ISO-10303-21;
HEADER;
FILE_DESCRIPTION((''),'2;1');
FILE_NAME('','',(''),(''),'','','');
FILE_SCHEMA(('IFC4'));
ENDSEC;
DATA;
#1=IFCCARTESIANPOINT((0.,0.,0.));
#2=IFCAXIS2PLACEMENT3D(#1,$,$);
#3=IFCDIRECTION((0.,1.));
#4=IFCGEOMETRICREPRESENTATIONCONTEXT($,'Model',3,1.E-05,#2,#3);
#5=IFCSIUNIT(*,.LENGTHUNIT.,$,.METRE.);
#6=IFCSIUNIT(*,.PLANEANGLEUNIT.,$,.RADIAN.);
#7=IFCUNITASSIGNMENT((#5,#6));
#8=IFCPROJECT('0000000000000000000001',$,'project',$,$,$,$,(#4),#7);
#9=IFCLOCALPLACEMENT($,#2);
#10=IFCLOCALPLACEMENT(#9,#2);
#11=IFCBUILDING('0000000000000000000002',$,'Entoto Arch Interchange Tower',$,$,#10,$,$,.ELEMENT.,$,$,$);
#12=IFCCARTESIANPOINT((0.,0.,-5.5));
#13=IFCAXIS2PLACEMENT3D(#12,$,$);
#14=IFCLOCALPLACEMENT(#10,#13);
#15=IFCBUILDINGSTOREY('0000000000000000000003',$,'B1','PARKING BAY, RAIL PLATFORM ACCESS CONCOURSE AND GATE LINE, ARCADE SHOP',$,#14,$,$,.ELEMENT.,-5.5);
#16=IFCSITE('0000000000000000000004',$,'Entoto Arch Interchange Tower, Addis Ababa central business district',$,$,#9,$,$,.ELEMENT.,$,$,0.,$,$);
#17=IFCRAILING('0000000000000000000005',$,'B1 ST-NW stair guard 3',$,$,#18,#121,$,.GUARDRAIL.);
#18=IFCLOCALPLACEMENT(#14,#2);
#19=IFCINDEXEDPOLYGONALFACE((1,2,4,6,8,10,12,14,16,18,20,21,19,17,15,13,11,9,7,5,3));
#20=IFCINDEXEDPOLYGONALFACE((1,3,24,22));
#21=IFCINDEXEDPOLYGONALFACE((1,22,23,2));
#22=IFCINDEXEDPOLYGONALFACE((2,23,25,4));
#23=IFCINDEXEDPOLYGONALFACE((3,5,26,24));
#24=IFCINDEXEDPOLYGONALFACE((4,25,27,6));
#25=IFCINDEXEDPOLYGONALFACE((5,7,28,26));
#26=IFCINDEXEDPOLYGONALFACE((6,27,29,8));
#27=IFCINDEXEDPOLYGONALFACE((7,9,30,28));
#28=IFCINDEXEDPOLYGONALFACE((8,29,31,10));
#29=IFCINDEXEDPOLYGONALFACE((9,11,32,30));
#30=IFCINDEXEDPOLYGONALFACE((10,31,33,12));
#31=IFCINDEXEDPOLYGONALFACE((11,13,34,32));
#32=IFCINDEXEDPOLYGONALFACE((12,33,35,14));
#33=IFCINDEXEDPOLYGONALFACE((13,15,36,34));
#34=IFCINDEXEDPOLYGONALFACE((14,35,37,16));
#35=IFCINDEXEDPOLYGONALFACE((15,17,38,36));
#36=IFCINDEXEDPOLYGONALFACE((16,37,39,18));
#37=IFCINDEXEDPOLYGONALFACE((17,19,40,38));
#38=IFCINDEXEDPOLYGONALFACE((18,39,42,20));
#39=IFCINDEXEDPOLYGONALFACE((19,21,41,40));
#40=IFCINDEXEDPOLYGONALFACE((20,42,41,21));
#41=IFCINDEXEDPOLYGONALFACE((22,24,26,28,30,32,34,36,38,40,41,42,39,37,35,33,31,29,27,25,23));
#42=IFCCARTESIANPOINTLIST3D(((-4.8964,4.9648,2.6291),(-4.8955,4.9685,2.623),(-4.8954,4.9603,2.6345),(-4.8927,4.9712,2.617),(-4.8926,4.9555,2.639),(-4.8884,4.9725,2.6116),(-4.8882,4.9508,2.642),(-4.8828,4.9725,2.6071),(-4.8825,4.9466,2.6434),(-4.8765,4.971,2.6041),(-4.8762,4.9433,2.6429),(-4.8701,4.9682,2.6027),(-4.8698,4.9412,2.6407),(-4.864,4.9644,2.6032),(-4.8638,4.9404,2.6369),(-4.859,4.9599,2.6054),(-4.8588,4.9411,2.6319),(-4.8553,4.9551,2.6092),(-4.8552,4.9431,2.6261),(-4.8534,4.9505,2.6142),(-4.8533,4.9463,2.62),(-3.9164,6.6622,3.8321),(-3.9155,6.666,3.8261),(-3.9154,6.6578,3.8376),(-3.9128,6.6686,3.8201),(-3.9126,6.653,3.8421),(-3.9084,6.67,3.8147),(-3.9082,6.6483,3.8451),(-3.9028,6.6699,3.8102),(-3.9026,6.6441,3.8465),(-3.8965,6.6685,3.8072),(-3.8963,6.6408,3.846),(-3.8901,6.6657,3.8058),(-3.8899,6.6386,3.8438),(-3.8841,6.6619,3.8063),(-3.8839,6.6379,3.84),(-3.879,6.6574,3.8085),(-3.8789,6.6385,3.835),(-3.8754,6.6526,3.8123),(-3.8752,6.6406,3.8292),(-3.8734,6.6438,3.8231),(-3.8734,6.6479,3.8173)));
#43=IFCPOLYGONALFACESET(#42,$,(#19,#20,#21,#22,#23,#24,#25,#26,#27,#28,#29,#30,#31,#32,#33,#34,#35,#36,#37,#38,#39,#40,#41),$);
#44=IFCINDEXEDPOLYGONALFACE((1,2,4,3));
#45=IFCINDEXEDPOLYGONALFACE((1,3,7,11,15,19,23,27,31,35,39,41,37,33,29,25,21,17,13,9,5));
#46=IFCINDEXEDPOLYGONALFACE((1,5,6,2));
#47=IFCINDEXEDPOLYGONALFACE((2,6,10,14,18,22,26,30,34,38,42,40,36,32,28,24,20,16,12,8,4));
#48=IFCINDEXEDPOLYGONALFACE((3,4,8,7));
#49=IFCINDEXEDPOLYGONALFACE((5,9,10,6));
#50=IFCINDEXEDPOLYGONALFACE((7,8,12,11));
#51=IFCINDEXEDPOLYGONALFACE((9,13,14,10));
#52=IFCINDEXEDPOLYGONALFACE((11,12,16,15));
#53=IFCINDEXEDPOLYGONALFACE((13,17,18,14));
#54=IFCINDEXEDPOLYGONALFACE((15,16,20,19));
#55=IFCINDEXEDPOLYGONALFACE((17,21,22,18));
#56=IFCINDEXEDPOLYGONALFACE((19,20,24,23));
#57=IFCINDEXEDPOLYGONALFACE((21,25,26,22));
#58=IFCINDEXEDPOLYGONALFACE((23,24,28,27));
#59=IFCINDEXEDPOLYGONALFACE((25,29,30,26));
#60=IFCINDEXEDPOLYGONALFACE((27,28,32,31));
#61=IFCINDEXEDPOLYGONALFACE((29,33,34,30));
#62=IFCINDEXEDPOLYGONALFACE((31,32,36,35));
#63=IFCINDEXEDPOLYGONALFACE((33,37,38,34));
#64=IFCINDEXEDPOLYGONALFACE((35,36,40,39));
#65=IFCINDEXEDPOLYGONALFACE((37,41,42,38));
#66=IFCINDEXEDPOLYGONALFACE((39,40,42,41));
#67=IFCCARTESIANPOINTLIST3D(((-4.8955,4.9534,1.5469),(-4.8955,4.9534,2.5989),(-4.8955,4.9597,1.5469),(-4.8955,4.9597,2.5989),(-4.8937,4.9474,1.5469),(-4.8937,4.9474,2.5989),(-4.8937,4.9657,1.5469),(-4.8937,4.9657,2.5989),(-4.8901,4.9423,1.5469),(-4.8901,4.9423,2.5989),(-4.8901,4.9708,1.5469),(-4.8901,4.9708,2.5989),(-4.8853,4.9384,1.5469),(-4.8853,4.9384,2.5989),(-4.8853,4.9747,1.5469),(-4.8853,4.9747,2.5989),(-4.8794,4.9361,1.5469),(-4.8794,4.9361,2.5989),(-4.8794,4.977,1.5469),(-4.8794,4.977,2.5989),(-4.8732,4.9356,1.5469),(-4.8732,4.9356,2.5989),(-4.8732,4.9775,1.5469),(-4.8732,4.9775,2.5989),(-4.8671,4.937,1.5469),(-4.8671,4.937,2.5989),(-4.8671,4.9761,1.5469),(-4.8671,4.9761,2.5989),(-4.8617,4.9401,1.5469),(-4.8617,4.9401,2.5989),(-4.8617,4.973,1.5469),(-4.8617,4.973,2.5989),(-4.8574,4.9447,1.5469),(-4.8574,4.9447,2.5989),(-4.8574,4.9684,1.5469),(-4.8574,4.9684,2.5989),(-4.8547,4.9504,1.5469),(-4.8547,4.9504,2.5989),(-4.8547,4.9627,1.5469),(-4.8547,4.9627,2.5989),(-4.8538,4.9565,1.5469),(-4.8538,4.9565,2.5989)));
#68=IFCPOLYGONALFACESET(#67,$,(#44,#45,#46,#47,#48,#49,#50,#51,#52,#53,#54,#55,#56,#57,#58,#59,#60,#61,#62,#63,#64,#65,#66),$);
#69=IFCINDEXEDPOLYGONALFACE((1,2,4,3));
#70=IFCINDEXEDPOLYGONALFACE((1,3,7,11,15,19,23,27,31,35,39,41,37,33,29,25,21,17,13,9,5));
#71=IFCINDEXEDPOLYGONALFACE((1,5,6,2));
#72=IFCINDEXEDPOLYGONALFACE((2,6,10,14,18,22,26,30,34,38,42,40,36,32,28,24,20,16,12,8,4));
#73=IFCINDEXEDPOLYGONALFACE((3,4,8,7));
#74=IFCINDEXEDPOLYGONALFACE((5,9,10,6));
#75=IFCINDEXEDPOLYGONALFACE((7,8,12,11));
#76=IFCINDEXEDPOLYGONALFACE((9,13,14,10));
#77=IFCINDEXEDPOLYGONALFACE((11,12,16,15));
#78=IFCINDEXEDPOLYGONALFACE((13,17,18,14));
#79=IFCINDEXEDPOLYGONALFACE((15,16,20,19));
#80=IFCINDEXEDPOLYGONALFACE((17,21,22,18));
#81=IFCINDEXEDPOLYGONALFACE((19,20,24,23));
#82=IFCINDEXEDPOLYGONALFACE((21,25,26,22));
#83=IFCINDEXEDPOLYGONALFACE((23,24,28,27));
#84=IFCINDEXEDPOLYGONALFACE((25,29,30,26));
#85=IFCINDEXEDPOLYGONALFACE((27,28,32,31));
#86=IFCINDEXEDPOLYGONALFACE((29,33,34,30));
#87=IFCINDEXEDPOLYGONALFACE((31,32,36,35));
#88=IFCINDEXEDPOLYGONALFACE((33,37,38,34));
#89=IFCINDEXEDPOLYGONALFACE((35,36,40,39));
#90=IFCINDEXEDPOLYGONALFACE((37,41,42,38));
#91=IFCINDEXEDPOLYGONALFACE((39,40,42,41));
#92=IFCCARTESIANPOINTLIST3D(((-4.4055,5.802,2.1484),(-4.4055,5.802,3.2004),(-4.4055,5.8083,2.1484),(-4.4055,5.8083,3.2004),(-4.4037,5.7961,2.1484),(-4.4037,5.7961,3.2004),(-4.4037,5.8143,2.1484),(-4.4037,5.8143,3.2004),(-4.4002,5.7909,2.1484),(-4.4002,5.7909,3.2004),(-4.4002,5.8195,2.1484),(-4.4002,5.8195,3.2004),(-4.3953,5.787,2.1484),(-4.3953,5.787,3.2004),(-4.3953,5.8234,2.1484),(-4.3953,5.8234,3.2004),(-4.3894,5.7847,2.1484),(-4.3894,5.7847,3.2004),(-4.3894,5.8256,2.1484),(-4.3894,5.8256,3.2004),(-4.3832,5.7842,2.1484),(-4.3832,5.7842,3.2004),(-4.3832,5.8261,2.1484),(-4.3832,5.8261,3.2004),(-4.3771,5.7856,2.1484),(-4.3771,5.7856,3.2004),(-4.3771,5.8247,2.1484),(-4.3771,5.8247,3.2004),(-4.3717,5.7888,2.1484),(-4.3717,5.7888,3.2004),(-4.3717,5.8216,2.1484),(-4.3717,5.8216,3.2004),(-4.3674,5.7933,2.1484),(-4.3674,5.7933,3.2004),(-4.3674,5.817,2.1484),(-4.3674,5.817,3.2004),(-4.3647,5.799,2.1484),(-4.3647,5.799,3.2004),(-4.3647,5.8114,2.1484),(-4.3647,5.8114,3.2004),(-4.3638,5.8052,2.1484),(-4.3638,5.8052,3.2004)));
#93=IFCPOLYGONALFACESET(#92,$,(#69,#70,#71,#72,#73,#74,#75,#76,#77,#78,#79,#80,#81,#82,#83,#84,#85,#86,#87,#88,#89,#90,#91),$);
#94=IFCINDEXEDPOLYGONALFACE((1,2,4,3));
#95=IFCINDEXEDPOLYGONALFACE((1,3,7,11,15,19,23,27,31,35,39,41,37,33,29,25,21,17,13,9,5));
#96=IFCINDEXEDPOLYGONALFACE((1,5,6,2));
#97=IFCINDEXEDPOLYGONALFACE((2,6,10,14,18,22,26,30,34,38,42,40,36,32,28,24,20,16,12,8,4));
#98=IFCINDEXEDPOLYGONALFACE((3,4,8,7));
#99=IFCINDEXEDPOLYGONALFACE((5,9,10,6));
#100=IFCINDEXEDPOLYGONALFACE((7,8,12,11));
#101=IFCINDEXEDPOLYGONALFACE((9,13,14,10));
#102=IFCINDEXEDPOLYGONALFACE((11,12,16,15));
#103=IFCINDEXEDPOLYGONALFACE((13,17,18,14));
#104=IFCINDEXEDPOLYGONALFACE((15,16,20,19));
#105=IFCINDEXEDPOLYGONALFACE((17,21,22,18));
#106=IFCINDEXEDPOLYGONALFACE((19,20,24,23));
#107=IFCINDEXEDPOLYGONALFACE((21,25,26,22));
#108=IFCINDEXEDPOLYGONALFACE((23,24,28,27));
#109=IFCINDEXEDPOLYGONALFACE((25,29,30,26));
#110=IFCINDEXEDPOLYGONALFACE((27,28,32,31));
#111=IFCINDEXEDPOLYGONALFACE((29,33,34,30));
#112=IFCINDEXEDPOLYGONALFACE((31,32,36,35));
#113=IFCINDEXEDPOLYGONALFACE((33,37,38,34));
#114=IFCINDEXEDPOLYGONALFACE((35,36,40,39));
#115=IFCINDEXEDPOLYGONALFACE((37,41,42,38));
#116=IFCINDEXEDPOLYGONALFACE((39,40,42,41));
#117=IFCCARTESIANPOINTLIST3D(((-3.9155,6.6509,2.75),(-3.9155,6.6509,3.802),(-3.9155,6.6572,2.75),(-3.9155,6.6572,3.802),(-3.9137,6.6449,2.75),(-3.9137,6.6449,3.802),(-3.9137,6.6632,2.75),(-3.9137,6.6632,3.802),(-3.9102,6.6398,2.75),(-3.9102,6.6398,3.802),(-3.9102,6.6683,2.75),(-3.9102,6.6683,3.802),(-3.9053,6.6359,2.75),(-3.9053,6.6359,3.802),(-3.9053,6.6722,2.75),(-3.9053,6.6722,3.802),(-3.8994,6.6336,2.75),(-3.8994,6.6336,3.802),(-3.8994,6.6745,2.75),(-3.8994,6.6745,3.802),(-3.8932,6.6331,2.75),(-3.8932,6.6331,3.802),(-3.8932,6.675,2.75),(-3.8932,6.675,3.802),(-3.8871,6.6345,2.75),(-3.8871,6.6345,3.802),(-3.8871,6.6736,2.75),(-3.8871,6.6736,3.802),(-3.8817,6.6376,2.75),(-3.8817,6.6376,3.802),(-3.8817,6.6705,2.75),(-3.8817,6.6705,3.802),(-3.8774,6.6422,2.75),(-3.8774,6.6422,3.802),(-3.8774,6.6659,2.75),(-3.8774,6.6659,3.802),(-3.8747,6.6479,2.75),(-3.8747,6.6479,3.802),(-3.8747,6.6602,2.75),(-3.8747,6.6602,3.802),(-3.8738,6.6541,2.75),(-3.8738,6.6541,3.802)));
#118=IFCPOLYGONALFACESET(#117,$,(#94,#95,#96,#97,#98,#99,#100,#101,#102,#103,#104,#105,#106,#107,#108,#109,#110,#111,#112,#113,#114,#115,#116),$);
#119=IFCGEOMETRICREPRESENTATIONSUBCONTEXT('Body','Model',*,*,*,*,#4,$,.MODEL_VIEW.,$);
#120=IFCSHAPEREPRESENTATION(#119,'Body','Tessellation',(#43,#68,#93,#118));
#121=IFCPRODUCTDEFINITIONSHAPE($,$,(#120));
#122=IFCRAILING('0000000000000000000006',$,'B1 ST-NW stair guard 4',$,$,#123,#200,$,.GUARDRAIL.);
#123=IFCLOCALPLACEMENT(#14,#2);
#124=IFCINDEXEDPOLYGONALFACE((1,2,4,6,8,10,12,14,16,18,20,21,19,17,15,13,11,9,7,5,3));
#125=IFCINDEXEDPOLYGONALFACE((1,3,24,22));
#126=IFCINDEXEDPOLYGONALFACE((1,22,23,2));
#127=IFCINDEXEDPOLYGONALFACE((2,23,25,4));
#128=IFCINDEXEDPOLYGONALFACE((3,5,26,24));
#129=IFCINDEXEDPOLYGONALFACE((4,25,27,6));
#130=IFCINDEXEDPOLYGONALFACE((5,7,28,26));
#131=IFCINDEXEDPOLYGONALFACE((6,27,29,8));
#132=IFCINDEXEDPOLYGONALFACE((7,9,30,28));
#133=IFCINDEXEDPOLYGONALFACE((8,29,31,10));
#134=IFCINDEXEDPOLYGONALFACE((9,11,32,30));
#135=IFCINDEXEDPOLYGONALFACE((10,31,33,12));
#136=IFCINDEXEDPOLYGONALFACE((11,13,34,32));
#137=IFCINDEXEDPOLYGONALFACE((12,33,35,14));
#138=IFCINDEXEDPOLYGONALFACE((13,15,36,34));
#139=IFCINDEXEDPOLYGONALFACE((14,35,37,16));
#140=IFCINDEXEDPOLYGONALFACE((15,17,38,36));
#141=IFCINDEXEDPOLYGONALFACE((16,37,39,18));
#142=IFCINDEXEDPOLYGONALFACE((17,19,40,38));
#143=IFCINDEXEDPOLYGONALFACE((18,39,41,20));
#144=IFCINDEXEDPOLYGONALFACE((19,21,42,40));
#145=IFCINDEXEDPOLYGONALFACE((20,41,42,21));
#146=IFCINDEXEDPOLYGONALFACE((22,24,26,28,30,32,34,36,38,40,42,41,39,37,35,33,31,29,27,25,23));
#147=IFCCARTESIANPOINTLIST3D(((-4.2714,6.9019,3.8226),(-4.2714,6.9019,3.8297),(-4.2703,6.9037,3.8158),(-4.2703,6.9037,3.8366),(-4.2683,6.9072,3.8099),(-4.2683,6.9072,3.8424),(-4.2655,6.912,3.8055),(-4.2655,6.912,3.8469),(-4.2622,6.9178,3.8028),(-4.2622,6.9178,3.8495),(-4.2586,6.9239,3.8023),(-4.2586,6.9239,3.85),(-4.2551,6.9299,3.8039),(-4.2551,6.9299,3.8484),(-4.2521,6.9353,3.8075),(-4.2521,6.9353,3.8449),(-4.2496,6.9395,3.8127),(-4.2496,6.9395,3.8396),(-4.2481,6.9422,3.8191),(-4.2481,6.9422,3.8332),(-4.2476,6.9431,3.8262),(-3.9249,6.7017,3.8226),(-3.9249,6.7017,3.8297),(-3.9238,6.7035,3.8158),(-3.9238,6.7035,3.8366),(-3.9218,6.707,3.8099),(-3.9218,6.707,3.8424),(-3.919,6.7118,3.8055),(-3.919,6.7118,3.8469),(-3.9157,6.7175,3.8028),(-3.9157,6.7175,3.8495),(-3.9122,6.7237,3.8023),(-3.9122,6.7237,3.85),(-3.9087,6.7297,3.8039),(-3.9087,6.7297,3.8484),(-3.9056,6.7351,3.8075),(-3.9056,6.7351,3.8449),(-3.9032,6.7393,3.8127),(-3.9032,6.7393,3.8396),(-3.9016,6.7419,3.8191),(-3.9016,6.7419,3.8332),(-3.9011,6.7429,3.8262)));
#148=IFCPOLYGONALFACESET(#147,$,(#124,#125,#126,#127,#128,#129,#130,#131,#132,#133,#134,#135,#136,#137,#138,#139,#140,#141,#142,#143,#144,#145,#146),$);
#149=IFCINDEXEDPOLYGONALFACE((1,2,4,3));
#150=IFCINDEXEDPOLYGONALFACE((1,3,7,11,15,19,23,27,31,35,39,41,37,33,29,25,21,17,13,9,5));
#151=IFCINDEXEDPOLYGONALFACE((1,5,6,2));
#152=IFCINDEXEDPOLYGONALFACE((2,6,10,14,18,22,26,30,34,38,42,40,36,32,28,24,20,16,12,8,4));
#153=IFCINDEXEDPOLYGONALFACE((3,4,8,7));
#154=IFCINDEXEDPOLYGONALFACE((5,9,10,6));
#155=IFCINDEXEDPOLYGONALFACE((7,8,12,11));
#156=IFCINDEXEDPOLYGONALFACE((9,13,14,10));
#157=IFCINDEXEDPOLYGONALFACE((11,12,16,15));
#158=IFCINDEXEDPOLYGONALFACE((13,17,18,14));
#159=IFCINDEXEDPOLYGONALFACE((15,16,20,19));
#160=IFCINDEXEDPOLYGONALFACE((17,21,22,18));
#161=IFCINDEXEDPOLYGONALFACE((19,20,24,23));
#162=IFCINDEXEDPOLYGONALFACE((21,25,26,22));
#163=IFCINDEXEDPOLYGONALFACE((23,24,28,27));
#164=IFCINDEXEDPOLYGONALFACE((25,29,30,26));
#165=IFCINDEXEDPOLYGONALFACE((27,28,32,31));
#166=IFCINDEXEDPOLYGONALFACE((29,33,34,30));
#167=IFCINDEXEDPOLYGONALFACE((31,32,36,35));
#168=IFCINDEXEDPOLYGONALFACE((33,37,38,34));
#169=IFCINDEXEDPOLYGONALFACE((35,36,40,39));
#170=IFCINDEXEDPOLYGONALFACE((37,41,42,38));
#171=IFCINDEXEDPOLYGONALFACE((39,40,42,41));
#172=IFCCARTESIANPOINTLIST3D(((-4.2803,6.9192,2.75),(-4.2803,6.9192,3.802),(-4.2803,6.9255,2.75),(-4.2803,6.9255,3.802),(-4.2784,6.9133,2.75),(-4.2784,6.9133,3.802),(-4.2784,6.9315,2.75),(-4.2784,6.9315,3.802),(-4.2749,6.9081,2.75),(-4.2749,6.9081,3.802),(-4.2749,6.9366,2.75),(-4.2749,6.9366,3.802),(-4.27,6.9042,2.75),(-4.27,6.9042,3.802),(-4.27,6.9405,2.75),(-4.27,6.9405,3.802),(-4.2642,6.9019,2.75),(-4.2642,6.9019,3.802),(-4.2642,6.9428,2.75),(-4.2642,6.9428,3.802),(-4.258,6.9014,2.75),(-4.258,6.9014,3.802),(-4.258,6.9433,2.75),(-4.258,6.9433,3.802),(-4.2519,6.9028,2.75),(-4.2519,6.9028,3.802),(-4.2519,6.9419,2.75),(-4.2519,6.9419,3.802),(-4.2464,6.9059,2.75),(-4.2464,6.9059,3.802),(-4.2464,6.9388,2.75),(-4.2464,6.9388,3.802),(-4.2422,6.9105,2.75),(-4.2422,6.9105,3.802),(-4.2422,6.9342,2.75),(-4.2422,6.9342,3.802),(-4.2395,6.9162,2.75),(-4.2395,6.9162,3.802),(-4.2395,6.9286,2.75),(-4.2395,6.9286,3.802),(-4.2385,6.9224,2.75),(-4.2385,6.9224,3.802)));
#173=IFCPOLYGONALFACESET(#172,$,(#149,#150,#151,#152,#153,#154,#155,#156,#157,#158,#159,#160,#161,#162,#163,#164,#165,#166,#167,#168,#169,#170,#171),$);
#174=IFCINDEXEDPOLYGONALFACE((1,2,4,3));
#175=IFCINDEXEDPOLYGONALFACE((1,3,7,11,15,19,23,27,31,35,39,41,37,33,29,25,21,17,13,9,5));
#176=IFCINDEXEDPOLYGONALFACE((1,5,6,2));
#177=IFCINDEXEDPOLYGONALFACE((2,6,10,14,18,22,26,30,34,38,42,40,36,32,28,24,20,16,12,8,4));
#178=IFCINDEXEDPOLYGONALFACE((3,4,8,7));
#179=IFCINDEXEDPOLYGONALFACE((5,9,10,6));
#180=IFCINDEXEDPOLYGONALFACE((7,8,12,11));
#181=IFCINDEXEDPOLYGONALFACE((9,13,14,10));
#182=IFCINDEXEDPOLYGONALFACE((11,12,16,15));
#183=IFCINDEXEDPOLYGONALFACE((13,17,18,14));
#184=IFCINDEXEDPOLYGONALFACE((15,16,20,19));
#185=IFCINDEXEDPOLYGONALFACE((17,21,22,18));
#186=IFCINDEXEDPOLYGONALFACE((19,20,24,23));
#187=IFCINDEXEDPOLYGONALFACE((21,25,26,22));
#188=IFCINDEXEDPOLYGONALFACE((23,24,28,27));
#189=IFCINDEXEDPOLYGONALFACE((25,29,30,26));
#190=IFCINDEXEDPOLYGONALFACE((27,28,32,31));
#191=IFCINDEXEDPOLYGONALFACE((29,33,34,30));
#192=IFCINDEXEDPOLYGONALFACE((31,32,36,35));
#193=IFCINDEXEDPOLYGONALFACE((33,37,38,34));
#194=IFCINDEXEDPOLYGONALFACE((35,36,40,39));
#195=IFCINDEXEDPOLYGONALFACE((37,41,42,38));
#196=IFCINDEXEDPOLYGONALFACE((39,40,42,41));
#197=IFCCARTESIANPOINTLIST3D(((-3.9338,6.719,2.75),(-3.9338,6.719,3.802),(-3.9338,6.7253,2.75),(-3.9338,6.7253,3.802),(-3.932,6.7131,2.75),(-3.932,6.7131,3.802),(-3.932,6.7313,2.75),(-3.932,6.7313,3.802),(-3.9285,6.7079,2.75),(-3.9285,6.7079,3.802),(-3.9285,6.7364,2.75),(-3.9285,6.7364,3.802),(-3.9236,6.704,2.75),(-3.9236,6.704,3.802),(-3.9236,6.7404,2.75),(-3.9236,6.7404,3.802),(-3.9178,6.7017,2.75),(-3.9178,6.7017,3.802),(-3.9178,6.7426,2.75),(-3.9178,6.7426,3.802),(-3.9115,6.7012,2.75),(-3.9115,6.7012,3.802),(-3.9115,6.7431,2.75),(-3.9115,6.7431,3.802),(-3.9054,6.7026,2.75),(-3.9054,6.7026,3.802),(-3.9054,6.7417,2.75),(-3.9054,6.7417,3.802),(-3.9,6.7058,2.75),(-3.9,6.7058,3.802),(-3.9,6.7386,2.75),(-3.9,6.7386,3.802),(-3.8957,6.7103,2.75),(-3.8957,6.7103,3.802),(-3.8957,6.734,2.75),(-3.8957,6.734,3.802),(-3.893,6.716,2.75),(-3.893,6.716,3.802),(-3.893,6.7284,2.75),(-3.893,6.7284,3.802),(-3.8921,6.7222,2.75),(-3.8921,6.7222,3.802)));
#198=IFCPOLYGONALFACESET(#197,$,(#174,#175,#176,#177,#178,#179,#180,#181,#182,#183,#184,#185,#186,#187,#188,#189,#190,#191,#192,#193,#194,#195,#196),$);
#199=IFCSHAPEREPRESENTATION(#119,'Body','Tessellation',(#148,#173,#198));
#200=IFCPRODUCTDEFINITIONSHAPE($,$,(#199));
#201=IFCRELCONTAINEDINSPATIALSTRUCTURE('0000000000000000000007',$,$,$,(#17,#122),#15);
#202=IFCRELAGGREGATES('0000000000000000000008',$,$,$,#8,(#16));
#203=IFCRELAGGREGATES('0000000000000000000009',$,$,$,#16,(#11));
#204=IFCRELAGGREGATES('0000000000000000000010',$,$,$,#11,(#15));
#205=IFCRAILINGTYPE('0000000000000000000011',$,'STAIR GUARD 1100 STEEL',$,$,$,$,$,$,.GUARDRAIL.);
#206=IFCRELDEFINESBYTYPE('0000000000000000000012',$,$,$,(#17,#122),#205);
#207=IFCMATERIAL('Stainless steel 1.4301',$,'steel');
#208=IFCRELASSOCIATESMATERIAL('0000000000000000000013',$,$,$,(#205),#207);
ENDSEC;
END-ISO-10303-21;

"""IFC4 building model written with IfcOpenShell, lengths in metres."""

from ifc_helpers import new_model, si_unit, direction, frame, origin, origin_2d, place, context, subcontext, project, spatial, circle, extrude, material, type_object, element, save


model = new_model("IFC4")

# Units and contexts
model_context = context("Model", 3, precision=1e-05, world=origin(), true_north=direction((0.0, 1.0)))
body_context = subcontext(model_context, "Body", "Model", "MODEL_VIEW")
ifc_project = project(units=[si_unit("LENGTHUNIT", "METRE"), si_unit("PLANEANGLEUNIT", "RADIAN")], contexts=[model_context])

# Site, building, storey
site_placement = place(None, origin())
site = spatial("IfcSite", under=ifc_project, at=site_placement, Name="Entoto Arch Interchange Tower, Addis Ababa central business district", CompositionType="ELEMENT", RefElevation=0.0)
building_placement = place(site_placement, origin())
building = spatial("IfcBuilding", under=site, at=building_placement, Name="Entoto Arch Interchange Tower", CompositionType="ELEMENT")
storey_placement = place(building_placement, frame((0.0, 0.0, -5.5)))
storey = spatial("IfcBuildingStorey", under=building, at=storey_placement, Name="B1", Description="PARKING BAY, RAIL PLATFORM ACCESS CONCOURSE AND GATE LINE, ARCADE SHOP", CompositionType="ELEMENT", Elevation=-5.5)

# Railings
ifc_material_1 = material(Name="Stainless steel 1.4301", Category="steel")
railing_type_1 = type_object("IfcRailingType", Name="STAIR GUARD 1100 STEEL", PredefinedType="GUARDRAIL", material=ifc_material_1)
railing_1_placement = place(storey_placement, frame((-4.8748, 4.9565, 1.5469)))
element("IfcRailing", 1, at=railing_1_placement, inside=storey, type_object=railing_type_1, Name="B1 ST-NW stair guard 3", PredefinedType="GUARDRAIL", context=body_context, shape_type="SweptSolid", body=[
    extrude(circle(Radius=0.0239, at=origin_2d()), frame((0.0, 0.0, 1.0762), z_axis=(0.426102, 0.738089, 0.523127), x_axis=(-0.866042, 0.49997, 0.0)), (0.0, 0.0, 1.0), 2.2998),
    extrude(circle(Radius=0.021, at=origin_2d()), origin(), (0.0, 0.0, 1.0), 1.052),
    extrude(circle(Radius=0.021, at=origin_2d()), frame((0.49, 0.8486, 0.6016)), (0.0, 0.0, 1.0), 1.052),
    extrude(circle(Radius=0.021, at=origin_2d()), frame((0.98, 1.6975, 1.2031)), (0.0, 0.0, 1.0), 1.052),
])
railing_2_placement = place(storey_placement, frame((-4.2595, 6.9224, 2.75)))
element("IfcRailing", 2, at=railing_2_placement, inside=storey, type_object=railing_type_1, Name="B1 ST-NW stair guard 4", PredefinedType="GUARDRAIL", context=body_context, shape_type="SweptSolid", body=[
    extrude(circle(Radius=0.0239, at=origin_2d()), frame((0.0, 0.0, 1.0762), z_axis=(0.86583, -0.500339, 0.0), x_axis=(0.500339, 0.86583, 0.0)), (0.0, 0.0, 1.0), 0.4001),
    extrude(circle(Radius=0.021, at=origin_2d()), origin(), (0.0, 0.0, 1.0), 1.052),
    extrude(circle(Radius=0.021, at=origin_2d()), frame((0.3464, -0.2002, 0.0)), (0.0, 0.0, 1.0), 1.052),
])

save(model, "model.ifc")
